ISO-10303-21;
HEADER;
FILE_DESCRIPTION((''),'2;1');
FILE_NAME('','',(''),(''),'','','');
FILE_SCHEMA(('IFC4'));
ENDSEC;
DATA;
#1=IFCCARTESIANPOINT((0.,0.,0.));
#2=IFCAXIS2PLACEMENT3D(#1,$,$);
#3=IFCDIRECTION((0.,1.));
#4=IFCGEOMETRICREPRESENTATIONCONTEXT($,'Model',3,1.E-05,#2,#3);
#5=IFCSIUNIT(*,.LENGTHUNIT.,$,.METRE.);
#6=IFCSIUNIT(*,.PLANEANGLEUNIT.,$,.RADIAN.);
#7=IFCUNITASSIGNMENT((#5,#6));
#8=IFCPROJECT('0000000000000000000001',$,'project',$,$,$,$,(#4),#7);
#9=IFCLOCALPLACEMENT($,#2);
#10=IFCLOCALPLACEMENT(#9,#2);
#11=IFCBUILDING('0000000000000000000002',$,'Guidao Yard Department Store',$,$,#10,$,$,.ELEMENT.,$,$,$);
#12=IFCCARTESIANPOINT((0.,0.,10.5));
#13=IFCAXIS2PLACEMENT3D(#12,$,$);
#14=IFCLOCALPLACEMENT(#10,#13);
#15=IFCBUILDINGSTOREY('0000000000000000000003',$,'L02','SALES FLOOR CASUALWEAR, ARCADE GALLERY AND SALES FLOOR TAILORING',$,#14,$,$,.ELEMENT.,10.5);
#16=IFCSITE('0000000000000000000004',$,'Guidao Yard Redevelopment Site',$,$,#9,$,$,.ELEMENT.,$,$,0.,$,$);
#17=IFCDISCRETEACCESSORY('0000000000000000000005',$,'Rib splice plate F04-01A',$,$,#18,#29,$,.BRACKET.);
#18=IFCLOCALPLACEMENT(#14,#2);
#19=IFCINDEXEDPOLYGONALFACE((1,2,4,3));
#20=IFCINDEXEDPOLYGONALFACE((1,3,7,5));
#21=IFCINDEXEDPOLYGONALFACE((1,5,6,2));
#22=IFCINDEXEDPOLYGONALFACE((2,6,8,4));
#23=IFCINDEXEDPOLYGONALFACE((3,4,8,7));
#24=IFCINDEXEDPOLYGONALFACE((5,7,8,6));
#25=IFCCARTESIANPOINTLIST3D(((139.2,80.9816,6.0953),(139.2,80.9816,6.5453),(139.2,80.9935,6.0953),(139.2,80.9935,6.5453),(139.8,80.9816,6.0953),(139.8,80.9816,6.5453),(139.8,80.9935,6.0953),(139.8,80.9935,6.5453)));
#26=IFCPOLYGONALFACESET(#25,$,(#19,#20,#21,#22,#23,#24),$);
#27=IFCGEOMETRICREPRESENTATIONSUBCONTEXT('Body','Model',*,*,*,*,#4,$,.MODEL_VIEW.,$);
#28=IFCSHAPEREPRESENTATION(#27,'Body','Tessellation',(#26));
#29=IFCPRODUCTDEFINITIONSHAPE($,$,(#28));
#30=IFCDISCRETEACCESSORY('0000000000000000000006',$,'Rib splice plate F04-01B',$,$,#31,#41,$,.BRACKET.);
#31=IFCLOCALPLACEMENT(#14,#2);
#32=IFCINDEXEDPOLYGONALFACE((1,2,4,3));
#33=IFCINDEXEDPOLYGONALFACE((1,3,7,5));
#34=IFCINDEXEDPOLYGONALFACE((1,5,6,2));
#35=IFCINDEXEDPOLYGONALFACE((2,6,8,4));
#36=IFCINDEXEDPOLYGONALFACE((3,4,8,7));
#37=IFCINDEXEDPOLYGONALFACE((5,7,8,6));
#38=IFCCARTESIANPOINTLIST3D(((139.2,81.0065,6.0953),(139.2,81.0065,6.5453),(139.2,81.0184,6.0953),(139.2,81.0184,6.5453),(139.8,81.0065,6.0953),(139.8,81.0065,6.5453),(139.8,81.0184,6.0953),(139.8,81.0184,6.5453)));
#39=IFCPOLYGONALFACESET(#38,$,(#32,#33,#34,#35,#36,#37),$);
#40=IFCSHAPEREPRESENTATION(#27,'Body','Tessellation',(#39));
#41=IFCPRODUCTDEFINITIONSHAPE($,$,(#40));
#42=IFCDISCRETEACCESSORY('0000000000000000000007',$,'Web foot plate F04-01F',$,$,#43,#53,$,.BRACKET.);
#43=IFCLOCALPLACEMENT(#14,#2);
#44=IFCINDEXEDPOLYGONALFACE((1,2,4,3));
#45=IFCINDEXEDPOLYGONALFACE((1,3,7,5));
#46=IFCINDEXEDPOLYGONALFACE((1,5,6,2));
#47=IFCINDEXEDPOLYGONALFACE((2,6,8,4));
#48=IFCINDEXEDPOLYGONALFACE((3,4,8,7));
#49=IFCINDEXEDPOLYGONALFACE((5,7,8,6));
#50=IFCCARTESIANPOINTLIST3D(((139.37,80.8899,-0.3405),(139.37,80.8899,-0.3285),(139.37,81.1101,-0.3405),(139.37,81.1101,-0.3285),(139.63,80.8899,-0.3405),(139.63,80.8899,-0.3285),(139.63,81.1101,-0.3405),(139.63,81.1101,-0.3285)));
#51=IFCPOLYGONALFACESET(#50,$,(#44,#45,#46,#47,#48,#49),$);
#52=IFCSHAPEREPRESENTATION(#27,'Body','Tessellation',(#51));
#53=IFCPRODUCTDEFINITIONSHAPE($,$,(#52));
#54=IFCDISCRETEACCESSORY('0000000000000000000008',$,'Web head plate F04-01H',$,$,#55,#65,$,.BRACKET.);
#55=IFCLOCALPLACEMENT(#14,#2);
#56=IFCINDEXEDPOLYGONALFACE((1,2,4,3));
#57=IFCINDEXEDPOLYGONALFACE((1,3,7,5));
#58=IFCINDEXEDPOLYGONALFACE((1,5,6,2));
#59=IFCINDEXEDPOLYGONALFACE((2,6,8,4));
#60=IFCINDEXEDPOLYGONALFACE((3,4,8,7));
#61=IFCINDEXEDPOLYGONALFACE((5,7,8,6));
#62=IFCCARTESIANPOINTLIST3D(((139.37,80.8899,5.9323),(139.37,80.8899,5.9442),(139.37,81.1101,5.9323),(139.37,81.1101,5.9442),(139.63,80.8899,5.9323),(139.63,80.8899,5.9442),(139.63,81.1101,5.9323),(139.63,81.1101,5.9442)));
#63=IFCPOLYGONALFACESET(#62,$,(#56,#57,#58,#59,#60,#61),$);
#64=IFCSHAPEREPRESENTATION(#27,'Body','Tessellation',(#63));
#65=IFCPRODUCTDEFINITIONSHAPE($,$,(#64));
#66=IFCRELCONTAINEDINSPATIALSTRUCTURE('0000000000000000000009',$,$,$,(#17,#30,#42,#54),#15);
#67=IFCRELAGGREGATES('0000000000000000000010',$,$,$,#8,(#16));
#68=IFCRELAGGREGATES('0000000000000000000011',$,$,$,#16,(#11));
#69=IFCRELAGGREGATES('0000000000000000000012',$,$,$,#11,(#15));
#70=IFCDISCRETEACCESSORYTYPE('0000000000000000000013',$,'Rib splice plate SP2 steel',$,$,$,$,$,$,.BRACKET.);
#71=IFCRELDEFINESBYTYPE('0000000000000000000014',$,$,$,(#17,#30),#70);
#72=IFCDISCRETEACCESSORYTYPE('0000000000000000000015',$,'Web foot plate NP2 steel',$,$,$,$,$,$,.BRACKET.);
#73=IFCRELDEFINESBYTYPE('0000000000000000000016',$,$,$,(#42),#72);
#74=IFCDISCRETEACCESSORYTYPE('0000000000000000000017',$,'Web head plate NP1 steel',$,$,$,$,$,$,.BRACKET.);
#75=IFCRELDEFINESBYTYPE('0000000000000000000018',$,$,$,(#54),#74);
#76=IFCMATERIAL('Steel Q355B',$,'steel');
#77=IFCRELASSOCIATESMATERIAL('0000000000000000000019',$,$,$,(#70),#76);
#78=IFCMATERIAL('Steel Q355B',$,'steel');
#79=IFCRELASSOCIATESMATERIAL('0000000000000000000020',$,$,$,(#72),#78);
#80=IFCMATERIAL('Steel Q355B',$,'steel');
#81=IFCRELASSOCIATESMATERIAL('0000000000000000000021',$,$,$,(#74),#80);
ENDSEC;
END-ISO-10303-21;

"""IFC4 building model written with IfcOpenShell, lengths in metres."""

from ifc_helpers import new_model, si_unit, direction, frame, origin, origin_2d, place, context, subcontext, project, spatial, rectangle, extrude, material, material_profile, profile_set, type_object, element, save


model = new_model("IFC4")

# Units and contexts
model_context = context("Model", 3, precision=1e-05, world=origin(), true_north=direction((0.0, 1.0)))
body_context = subcontext(model_context, "Body", "Model", "MODEL_VIEW")
ifc_project = project(units=[si_unit("LENGTHUNIT", "METRE"), si_unit("PLANEANGLEUNIT", "RADIAN")], contexts=[model_context])

# Site, building, storey
site_placement = place(None, origin())
site = spatial("IfcSite", under=ifc_project, at=site_placement, Name="Guidao Yard Redevelopment Site", CompositionType="ELEMENT", RefElevation=0.0)
building_placement = place(site_placement, origin())
building = spatial("IfcBuilding", under=site, at=building_placement, Name="Guidao Yard Department Store", CompositionType="ELEMENT")
storey_placement = place(building_placement, frame((0.0, 0.0, 10.5)))
storey = spatial("IfcBuildingStorey", under=building, at=storey_placement, Name="L02", Description="SALES FLOOR CASUALWEAR, ARCADE GALLERY AND SALES FLOOR TAILORING", CompositionType="ELEMENT", Elevation=10.5)

# Discrete accessories
ifc_material_1 = material(Name="Steel Q355B", Category="steel")
ifc_material_profile_1 = material_profile(ifc_material_1, rectangle(XDim=0.012, YDim=0.45, at=origin_2d()), Name="Splice plate 450x12")
ifc_profile_set_1 = profile_set([ifc_material_profile_1], Name="Steel Q355B")
discrete_accessory_type_1 = type_object("IfcDiscreteAccessoryType", Name="Rib splice plate SP2 steel", PredefinedType="BRACKET", material=ifc_profile_set_1)
for number, where, z_axis, x_axis, name in (
    (1, (139.2, 80.9875, 6.3203), (1.0, 0.0, 0.0), (0.0, 1.0, 0.0), "Rib splice plate F04-01A"),
    (2, (139.2, 81.0125, 6.3203), (1.0, 0.0, 0.0), (0.0, 1.0, 0.0), "Rib splice plate F04-01B"),
):
    element("IfcDiscreteAccessory", number, at=place(storey_placement, frame(where, z_axis=z_axis, x_axis=x_axis)), inside=storey, type_object=discrete_accessory_type_1, Name=name, PredefinedType="BRACKET", context=body_context, shape_type="SweptSolid", body=[
        extrude(rectangle(XDim=0.012, YDim=0.45, at=origin_2d()), origin(), (0.0, 0.0, 1.0), 0.6001),
    ])
ifc_material_2 = material(Name="Steel Q355B", Category="steel")
ifc_material_profile_2 = material_profile(ifc_material_2, rectangle(XDim=0.26, YDim=0.012, at=origin_2d()), Name="Node plate 260x12")
ifc_profile_set_2 = profile_set([ifc_material_profile_2], Name="Steel Q355B")
discrete_accessory_type_2 = type_object("IfcDiscreteAccessoryType", Name="Web foot plate NP2 steel", PredefinedType="BRACKET", material=ifc_profile_set_2)
discrete_accessory_1_placement = place(storey_placement, frame((139.5, 80.8899, -0.3345), z_axis=(0.0, 1.0, 0.0), x_axis=(-1.0, 0.0, 0.0)))
element("IfcDiscreteAccessory", 3, at=discrete_accessory_1_placement, inside=storey, type_object=discrete_accessory_type_2, Name="Web foot plate F04-01F", PredefinedType="BRACKET", context=body_context, shape_type="SweptSolid", body=[
    extrude(rectangle(XDim=0.26, YDim=0.012, at=origin_2d()), origin(), (0.0, 0.0, 1.0), 0.2202),
])
ifc_material_3 = material(Name="Steel Q355B", Category="steel")
ifc_material_profile_3 = material_profile(ifc_material_3, rectangle(XDim=0.26, YDim=0.012, at=origin_2d()), Name="Node plate 260x12")
ifc_profile_set_3 = profile_set([ifc_material_profile_3], Name="Steel Q355B")
discrete_accessory_type_3 = type_object("IfcDiscreteAccessoryType", Name="Web head plate NP1 steel", PredefinedType="BRACKET", material=ifc_profile_set_3)
discrete_accessory_2_placement = place(storey_placement, frame((139.5, 80.8899, 5.9382), z_axis=(0.0, 1.0, 0.0), x_axis=(-1.0, 0.0, 0.0)))
element("IfcDiscreteAccessory", 4, at=discrete_accessory_2_placement, inside=storey, type_object=discrete_accessory_type_3, Name="Web head plate F04-01H", PredefinedType="BRACKET", context=body_context, shape_type="SweptSolid", body=[
    extrude(rectangle(XDim=0.26, YDim=0.012, at=origin_2d()), origin(), (0.0, 0.0, 1.0), 0.2202),
])

save(model, "model.ifc")
